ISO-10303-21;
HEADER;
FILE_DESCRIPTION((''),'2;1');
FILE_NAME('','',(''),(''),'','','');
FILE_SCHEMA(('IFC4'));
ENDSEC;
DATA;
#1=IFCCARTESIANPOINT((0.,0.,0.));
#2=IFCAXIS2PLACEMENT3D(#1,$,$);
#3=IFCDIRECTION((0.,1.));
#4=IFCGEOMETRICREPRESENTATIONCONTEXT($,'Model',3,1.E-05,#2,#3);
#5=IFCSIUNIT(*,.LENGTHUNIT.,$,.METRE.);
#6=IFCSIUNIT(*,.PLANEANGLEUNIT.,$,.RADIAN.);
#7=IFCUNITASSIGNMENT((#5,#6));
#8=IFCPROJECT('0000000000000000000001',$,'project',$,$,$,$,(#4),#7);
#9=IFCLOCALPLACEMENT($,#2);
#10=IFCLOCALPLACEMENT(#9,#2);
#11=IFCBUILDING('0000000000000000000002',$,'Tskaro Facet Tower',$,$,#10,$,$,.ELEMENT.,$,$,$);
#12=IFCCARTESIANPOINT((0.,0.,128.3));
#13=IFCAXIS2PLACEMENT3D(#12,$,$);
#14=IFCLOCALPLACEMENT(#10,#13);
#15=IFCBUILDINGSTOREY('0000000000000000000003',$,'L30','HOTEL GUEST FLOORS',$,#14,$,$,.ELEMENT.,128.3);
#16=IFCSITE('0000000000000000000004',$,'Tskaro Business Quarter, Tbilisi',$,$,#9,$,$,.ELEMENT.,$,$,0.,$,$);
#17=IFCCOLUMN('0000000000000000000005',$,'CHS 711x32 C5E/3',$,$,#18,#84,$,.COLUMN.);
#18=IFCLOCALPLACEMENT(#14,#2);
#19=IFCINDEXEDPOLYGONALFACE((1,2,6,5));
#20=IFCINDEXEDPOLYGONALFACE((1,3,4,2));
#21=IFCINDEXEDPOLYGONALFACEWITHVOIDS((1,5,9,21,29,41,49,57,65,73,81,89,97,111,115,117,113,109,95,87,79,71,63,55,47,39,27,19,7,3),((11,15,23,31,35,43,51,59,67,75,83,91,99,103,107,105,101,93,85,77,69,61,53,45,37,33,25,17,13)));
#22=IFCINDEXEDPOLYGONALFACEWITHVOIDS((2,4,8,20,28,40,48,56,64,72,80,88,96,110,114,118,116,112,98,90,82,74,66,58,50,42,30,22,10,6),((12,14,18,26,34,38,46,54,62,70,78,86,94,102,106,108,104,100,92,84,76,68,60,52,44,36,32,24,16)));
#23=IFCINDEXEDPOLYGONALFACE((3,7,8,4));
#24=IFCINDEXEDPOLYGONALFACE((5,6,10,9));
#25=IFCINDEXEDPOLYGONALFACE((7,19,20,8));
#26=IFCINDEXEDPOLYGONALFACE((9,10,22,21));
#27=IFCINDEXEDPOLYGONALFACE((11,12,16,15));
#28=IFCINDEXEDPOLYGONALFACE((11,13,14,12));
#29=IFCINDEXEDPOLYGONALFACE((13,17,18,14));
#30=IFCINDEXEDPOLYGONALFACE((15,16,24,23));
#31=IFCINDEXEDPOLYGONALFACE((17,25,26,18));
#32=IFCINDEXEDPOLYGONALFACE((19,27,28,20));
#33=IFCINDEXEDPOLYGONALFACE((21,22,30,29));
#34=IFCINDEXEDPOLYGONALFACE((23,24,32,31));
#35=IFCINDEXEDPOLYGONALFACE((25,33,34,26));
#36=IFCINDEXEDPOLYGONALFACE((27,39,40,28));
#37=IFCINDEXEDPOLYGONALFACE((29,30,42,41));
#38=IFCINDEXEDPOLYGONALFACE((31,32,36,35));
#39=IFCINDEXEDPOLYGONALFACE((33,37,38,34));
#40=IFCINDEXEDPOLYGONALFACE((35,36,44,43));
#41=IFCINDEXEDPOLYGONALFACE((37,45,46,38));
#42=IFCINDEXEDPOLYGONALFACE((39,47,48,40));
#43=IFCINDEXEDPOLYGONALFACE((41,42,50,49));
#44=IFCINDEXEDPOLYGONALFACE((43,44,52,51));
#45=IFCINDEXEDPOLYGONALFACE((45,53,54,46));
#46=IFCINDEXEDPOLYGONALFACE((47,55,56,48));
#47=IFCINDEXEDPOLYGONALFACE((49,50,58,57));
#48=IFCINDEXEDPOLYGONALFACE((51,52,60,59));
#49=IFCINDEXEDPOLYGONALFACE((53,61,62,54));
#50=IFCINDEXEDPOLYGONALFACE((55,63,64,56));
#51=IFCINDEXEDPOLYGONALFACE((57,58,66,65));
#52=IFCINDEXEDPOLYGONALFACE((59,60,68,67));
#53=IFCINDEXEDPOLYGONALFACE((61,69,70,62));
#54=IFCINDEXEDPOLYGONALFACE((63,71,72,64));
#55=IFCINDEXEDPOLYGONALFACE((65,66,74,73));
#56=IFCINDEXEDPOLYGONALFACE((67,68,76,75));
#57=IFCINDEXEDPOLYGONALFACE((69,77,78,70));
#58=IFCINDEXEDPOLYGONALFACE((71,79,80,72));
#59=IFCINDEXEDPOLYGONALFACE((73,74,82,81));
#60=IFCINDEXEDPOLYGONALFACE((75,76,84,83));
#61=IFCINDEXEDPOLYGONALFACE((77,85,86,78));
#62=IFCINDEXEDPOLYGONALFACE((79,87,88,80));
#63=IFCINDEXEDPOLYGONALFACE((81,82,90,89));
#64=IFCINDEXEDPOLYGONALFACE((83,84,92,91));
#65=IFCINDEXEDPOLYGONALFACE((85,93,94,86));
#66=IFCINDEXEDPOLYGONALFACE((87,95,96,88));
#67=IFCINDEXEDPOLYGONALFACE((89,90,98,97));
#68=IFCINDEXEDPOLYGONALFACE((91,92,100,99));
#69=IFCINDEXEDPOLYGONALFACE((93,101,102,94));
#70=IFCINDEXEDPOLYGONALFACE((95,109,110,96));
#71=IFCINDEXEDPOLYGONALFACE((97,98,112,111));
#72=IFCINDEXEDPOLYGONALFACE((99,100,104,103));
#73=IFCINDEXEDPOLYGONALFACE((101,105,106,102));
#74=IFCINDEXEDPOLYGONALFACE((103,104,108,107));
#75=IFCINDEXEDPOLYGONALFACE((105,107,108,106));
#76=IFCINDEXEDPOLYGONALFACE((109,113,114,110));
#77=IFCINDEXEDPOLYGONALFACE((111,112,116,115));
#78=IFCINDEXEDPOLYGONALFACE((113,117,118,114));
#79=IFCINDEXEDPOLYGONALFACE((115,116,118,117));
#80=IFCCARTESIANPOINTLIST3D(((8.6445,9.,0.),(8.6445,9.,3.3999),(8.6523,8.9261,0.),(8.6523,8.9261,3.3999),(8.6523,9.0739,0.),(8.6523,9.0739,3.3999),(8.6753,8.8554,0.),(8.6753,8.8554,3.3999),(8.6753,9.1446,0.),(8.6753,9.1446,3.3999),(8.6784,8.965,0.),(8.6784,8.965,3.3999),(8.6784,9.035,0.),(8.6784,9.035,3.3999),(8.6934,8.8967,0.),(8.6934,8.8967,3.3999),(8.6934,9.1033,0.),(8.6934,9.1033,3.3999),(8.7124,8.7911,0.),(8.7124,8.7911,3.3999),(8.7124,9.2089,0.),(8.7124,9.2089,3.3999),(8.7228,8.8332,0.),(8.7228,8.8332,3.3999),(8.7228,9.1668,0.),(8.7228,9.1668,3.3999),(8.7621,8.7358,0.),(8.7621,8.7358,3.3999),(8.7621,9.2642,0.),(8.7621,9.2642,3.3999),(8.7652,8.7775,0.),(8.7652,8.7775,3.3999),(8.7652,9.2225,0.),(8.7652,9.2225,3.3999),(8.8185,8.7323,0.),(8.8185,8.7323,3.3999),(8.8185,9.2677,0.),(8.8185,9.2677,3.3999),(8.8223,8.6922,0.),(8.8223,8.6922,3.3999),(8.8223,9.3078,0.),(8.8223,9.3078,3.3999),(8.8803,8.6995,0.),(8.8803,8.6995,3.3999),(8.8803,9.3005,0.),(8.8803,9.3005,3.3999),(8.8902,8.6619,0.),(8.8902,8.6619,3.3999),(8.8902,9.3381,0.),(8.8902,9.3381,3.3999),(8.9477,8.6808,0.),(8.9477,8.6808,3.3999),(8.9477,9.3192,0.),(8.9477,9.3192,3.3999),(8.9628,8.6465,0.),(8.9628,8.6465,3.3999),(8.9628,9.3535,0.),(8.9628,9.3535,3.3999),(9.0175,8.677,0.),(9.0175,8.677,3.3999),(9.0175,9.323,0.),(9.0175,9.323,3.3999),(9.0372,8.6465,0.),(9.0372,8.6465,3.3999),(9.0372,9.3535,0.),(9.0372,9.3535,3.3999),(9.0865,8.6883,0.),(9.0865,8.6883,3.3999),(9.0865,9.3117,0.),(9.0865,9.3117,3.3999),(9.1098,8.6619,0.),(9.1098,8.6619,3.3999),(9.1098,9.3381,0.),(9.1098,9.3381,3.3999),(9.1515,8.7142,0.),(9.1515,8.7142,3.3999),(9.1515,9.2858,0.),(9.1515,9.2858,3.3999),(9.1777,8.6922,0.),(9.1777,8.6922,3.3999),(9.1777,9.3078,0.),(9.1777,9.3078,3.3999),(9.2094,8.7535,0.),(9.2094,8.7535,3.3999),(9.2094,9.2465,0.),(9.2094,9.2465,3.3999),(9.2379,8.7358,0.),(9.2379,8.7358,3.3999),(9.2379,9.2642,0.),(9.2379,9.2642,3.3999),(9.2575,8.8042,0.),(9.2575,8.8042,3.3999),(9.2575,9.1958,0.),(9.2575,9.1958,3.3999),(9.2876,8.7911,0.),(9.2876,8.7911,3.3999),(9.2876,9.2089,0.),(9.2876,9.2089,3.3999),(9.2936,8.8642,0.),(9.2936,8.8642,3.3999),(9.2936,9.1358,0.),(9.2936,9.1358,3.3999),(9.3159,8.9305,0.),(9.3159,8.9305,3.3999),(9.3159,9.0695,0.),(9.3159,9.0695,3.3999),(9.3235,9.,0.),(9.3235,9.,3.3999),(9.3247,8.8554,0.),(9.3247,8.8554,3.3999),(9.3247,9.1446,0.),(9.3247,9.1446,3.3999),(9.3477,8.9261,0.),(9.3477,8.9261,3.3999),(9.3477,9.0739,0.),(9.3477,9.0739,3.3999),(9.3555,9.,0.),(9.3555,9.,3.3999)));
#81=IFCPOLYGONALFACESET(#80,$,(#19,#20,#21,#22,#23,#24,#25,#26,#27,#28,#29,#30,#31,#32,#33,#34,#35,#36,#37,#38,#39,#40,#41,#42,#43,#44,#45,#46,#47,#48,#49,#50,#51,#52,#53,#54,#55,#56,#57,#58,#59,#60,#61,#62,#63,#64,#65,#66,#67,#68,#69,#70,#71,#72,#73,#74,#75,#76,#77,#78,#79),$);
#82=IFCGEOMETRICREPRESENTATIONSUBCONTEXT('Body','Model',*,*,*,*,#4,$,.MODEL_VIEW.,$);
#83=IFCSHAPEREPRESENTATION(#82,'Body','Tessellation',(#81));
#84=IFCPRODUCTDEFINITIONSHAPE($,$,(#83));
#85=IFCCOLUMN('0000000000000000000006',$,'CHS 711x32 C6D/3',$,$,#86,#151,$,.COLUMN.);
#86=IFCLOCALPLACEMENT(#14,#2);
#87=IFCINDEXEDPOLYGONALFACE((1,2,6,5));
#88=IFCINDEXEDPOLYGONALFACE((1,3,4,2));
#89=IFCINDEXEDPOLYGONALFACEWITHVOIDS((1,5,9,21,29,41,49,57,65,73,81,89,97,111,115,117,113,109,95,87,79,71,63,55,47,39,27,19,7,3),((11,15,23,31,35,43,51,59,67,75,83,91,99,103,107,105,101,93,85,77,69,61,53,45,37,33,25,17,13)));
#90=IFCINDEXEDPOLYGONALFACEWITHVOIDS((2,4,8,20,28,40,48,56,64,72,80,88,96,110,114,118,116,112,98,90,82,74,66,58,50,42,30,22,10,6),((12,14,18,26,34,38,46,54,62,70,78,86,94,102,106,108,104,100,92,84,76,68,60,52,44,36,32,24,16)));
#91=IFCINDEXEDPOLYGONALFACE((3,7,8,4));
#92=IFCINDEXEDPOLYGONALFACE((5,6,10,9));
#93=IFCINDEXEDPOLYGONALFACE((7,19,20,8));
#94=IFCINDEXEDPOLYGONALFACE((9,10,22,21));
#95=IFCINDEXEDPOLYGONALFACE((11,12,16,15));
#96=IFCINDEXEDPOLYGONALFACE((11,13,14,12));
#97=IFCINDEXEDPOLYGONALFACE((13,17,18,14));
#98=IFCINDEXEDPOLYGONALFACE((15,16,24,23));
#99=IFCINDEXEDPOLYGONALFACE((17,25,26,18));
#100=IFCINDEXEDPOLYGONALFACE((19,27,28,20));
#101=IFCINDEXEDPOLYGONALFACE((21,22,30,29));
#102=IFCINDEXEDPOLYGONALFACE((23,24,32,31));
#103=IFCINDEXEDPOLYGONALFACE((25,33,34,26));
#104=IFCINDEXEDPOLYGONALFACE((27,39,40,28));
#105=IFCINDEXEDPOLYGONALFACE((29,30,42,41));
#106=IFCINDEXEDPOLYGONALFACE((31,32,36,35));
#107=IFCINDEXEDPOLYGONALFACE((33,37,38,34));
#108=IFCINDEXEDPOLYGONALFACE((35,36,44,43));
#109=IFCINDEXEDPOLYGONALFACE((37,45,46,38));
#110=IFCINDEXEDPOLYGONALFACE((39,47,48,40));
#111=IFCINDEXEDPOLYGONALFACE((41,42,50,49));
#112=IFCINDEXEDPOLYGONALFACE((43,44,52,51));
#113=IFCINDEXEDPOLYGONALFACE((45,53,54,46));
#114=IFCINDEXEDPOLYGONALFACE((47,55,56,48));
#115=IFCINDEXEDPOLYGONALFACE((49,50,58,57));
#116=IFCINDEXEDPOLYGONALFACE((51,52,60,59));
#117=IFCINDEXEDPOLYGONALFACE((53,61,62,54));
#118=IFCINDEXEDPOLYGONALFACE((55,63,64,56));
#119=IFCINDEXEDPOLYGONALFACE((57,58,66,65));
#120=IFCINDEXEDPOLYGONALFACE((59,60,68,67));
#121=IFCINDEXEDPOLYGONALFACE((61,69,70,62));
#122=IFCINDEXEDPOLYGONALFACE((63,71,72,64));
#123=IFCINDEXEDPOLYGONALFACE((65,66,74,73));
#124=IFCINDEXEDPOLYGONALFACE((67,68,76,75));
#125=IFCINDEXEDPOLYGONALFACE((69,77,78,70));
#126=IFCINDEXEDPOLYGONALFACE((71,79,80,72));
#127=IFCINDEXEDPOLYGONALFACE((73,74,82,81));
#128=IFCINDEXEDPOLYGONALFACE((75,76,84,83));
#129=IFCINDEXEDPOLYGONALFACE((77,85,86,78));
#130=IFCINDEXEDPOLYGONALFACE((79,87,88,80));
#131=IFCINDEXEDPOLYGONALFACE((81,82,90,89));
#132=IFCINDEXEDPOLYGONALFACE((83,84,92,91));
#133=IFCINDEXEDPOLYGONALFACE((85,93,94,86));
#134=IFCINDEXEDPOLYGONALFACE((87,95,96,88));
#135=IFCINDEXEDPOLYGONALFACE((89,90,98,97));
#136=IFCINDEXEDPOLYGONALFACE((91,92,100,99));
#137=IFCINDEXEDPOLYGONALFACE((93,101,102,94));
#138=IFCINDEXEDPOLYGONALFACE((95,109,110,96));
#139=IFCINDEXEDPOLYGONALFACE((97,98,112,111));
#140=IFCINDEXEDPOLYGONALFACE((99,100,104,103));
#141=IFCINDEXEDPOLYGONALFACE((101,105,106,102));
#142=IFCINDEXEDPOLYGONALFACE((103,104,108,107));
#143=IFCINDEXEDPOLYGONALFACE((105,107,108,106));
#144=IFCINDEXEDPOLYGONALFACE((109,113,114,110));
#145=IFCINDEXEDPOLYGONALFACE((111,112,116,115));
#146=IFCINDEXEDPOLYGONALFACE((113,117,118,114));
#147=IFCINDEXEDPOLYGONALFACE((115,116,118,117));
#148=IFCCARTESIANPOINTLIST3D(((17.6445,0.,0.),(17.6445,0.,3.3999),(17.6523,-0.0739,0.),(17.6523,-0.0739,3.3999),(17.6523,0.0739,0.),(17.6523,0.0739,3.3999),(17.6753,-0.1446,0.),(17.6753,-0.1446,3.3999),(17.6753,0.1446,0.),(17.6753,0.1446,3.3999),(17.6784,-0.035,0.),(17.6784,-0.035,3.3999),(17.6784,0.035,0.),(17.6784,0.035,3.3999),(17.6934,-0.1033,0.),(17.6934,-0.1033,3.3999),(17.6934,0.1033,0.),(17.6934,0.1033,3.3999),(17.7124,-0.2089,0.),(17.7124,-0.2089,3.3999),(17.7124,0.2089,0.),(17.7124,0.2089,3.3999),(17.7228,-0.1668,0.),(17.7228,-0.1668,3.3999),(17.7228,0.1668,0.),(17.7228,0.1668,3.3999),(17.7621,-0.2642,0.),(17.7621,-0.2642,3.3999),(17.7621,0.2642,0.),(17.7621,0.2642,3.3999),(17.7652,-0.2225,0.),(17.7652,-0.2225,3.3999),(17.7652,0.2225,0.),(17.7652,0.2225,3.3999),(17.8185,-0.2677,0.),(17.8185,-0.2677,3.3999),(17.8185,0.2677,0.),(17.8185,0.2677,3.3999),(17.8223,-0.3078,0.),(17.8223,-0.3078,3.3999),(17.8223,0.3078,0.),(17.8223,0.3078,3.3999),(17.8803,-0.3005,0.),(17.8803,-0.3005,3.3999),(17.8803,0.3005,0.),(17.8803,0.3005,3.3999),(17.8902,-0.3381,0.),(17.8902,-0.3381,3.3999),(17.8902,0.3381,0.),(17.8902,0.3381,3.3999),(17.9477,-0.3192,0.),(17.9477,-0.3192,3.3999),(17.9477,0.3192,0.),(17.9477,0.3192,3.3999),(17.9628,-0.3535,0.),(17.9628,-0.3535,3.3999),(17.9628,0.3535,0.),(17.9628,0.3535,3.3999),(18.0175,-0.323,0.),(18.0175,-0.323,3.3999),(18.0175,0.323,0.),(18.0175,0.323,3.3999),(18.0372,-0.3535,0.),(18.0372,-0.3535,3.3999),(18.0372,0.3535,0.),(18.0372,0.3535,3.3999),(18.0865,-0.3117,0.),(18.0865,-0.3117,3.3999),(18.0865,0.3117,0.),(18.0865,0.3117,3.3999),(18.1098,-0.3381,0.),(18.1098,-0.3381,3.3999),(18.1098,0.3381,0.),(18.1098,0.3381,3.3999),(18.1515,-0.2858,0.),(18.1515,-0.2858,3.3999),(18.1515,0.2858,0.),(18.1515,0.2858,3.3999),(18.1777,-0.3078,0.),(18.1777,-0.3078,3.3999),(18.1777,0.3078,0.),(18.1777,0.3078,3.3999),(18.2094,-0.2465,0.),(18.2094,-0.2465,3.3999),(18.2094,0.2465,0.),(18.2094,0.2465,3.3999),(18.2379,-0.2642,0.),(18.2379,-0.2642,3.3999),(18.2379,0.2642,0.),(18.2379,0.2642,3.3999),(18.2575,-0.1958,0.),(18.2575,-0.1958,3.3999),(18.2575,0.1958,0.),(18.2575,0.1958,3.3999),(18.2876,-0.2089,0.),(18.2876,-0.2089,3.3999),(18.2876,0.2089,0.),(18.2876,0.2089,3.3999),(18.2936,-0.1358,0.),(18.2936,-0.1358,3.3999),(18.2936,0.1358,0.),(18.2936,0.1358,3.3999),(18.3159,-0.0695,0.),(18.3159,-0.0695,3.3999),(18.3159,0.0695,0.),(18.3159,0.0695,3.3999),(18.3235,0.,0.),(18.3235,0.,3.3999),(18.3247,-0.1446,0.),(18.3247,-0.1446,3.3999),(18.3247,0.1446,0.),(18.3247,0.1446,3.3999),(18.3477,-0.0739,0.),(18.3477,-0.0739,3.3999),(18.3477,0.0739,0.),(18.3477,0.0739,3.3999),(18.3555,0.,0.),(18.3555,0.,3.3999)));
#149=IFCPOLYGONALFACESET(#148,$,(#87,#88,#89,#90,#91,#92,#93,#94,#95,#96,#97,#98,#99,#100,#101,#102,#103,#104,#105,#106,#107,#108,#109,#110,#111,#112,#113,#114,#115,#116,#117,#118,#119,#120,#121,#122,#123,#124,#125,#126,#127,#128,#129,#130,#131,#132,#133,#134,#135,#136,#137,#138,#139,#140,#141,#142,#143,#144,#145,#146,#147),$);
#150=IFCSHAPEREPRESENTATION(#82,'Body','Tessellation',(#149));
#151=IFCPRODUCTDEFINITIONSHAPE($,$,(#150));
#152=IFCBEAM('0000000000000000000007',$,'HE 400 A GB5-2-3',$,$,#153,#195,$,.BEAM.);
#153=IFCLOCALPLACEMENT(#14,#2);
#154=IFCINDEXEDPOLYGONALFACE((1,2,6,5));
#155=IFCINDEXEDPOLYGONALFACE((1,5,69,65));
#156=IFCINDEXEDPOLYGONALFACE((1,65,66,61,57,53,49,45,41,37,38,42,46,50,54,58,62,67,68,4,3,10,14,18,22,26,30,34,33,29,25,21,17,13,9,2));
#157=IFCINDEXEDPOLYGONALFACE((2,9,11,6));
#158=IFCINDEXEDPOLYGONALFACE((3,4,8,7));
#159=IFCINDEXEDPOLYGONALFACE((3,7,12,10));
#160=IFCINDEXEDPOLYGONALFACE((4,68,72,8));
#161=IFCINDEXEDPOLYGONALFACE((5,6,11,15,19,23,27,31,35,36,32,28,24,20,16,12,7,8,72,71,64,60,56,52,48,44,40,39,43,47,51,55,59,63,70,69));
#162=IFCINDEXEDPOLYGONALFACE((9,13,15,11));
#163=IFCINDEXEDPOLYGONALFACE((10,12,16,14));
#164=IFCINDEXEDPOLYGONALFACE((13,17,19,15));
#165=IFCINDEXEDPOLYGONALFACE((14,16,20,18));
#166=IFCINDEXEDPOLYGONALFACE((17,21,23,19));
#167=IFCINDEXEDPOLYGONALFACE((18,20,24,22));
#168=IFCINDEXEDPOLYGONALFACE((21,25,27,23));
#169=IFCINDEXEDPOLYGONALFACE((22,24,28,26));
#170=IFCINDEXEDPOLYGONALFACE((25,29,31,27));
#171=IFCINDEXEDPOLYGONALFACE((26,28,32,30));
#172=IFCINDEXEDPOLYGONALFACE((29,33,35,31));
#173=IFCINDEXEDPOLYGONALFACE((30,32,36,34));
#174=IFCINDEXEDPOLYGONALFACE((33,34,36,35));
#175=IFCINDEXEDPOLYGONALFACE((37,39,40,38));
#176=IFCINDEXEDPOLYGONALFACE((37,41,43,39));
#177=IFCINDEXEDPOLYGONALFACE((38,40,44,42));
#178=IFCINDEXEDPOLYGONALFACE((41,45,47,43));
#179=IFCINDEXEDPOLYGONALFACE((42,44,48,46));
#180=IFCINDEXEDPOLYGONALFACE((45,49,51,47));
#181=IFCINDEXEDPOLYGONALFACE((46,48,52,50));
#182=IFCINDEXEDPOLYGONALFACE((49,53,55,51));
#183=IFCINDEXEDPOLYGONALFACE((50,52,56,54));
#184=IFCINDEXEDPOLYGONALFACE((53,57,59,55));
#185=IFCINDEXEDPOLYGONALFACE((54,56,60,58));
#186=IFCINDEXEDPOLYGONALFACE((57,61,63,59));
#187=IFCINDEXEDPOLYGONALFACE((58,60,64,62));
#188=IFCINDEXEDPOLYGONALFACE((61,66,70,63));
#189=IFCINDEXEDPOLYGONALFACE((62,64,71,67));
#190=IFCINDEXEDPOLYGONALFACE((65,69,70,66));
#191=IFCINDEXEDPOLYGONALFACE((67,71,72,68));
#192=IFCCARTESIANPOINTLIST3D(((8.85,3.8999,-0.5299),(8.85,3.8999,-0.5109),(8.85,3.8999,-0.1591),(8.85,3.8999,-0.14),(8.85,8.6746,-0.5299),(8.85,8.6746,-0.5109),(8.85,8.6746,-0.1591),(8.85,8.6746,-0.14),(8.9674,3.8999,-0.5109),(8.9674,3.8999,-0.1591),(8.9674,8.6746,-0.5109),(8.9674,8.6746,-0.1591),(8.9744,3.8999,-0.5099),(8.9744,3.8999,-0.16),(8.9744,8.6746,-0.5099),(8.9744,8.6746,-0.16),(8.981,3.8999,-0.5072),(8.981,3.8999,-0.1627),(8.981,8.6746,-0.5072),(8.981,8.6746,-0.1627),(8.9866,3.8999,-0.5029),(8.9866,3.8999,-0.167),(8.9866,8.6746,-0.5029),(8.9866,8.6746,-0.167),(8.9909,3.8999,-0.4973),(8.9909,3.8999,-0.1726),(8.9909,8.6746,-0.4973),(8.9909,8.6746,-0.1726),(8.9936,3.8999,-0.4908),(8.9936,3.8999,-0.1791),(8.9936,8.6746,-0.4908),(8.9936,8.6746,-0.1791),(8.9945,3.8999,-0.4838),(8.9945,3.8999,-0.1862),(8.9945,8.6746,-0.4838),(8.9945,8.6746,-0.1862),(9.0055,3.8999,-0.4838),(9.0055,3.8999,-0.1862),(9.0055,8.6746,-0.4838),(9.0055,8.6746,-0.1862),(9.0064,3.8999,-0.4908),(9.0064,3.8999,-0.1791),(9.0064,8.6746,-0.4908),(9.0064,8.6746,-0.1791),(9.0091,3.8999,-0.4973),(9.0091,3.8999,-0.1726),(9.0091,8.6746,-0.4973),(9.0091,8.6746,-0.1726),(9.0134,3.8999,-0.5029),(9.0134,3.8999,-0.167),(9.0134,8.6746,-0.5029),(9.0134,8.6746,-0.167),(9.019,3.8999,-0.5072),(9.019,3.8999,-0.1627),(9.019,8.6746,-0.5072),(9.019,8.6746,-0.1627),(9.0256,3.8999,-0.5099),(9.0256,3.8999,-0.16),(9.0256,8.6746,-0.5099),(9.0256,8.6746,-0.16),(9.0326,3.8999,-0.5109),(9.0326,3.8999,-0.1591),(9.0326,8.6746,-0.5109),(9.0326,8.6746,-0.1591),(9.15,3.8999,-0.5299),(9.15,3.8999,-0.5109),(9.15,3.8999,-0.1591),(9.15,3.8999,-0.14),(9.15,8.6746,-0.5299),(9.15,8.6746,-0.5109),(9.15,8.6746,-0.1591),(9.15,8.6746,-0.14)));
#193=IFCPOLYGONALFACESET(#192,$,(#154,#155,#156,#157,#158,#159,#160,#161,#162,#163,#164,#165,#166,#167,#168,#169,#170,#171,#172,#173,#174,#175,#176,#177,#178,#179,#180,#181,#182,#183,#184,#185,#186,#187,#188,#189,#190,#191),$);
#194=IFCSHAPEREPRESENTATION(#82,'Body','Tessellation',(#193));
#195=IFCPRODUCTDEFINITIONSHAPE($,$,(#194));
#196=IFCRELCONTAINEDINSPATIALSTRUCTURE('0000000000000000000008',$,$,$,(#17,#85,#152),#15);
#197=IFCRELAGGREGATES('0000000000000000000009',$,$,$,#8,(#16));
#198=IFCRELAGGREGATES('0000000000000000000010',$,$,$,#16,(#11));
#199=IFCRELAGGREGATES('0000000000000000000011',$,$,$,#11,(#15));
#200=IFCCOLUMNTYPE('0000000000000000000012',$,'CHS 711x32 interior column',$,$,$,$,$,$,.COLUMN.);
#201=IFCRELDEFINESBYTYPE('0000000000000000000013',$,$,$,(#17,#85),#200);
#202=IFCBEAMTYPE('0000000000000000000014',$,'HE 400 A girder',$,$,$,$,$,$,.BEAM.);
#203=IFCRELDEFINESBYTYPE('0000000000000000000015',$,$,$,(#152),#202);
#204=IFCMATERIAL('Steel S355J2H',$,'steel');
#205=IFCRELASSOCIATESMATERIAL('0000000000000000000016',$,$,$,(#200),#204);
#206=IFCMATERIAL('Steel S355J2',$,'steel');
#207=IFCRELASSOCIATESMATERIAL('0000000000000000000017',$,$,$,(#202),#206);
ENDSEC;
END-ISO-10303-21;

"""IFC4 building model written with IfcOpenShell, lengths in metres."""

from ifc_helpers import new_model, si_unit, direction, frame, origin, origin_2d, place, context, subcontext, project, spatial, hollow_circle, i_section, extrude, material, material_profile, profile_set, type_object, element, save


model = new_model("IFC4")

# Units and contexts
model_context = context("Model", 3, precision=1e-05, world=origin(), true_north=direction((0.0, 1.0)))
body_context = subcontext(model_context, "Body", "Model", "MODEL_VIEW")
ifc_project = project(units=[si_unit("LENGTHUNIT", "METRE"), si_unit("PLANEANGLEUNIT", "RADIAN")], contexts=[model_context])

# Site, building, storey
site_placement = place(None, origin())
site = spatial("IfcSite", under=ifc_project, at=site_placement, Name="Tskaro Business Quarter, Tbilisi", CompositionType="ELEMENT", RefElevation=0.0)
building_placement = place(site_placement, origin())
building = spatial("IfcBuilding", under=site, at=building_placement, Name="Tskaro Facet Tower", CompositionType="ELEMENT")
storey_placement = place(building_placement, frame((0.0, 0.0, 128.3)))
storey = spatial("IfcBuildingStorey", under=building, at=storey_placement, Name="L30", Description="HOTEL GUEST FLOORS", CompositionType="ELEMENT", Elevation=128.3)

# Columns
ifc_material_1 = material(Name="Steel S355J2H", Category="steel")
ifc_material_profile_1 = material_profile(ifc_material_1, hollow_circle(Radius=0.3555, WallThickness=0.032, at=origin_2d()), Name="CHS 711x32")
ifc_profile_set_1 = profile_set([ifc_material_profile_1], Name="Steel S355J2H")
column_type = type_object("IfcColumnType", Name="CHS 711x32 interior column", PredefinedType="COLUMN", material=ifc_profile_set_1)
for number, where, z_axis, x_axis, name in (
    (1, (9.0, 9.0, 0.0), (0.0, 0.0, 1.0), (1.0, 0.0, 0.0), "CHS 711x32 C5E/3"),
    (2, (18.0, 0.0, 0.0), (0.0, 0.0, 1.0), (1.0, 0.0, 0.0), "CHS 711x32 C6D/3"),
):
    element("IfcColumn", number, at=place(storey_placement, frame(where, z_axis=z_axis, x_axis=x_axis)), inside=storey, type_object=column_type, Name=name, PredefinedType="COLUMN", context=body_context, shape_type="SweptSolid", body=[
        extrude(hollow_circle(Radius=0.3555, WallThickness=0.032, at=origin_2d()), origin(), (0.0, 0.0, 1.0), 3.3999),
    ])

# Beam
ifc_material_2 = material(Name="Steel S355J2", Category="steel")
ifc_material_profile_2 = material_profile(ifc_material_2, i_section(OverallWidth=0.3, OverallDepth=0.3899, WebThickness=0.011, FlangeThickness=0.019, FilletRadius=0.0271, at=origin_2d()), Name="HE 400 A")
ifc_profile_set_2 = profile_set([ifc_material_profile_2], Name="Steel S355J2")
beam_type_1 = type_object("IfcBeamType", Name="HE 400 A girder", PredefinedType="BEAM", material=ifc_profile_set_2)
beam_1_placement = place(storey_placement, frame((9.0, 3.8999, -0.335), z_axis=(0.0, 1.0, 0.0), x_axis=(-1.0, 0.0, 0.0)))
element("IfcBeam", 3, at=beam_1_placement, inside=storey, type_object=beam_type_1, Name="HE 400 A GB5-2-3", PredefinedType="BEAM", context=body_context, shape_type="SweptSolid", body=[
    extrude(i_section(OverallWidth=0.3, OverallDepth=0.3899, WebThickness=0.011, FlangeThickness=0.019, FilletRadius=0.0271, at=origin_2d()), origin(), (0.0, 0.0, 1.0), 4.7747),
])

save(model, "model.ifc")
